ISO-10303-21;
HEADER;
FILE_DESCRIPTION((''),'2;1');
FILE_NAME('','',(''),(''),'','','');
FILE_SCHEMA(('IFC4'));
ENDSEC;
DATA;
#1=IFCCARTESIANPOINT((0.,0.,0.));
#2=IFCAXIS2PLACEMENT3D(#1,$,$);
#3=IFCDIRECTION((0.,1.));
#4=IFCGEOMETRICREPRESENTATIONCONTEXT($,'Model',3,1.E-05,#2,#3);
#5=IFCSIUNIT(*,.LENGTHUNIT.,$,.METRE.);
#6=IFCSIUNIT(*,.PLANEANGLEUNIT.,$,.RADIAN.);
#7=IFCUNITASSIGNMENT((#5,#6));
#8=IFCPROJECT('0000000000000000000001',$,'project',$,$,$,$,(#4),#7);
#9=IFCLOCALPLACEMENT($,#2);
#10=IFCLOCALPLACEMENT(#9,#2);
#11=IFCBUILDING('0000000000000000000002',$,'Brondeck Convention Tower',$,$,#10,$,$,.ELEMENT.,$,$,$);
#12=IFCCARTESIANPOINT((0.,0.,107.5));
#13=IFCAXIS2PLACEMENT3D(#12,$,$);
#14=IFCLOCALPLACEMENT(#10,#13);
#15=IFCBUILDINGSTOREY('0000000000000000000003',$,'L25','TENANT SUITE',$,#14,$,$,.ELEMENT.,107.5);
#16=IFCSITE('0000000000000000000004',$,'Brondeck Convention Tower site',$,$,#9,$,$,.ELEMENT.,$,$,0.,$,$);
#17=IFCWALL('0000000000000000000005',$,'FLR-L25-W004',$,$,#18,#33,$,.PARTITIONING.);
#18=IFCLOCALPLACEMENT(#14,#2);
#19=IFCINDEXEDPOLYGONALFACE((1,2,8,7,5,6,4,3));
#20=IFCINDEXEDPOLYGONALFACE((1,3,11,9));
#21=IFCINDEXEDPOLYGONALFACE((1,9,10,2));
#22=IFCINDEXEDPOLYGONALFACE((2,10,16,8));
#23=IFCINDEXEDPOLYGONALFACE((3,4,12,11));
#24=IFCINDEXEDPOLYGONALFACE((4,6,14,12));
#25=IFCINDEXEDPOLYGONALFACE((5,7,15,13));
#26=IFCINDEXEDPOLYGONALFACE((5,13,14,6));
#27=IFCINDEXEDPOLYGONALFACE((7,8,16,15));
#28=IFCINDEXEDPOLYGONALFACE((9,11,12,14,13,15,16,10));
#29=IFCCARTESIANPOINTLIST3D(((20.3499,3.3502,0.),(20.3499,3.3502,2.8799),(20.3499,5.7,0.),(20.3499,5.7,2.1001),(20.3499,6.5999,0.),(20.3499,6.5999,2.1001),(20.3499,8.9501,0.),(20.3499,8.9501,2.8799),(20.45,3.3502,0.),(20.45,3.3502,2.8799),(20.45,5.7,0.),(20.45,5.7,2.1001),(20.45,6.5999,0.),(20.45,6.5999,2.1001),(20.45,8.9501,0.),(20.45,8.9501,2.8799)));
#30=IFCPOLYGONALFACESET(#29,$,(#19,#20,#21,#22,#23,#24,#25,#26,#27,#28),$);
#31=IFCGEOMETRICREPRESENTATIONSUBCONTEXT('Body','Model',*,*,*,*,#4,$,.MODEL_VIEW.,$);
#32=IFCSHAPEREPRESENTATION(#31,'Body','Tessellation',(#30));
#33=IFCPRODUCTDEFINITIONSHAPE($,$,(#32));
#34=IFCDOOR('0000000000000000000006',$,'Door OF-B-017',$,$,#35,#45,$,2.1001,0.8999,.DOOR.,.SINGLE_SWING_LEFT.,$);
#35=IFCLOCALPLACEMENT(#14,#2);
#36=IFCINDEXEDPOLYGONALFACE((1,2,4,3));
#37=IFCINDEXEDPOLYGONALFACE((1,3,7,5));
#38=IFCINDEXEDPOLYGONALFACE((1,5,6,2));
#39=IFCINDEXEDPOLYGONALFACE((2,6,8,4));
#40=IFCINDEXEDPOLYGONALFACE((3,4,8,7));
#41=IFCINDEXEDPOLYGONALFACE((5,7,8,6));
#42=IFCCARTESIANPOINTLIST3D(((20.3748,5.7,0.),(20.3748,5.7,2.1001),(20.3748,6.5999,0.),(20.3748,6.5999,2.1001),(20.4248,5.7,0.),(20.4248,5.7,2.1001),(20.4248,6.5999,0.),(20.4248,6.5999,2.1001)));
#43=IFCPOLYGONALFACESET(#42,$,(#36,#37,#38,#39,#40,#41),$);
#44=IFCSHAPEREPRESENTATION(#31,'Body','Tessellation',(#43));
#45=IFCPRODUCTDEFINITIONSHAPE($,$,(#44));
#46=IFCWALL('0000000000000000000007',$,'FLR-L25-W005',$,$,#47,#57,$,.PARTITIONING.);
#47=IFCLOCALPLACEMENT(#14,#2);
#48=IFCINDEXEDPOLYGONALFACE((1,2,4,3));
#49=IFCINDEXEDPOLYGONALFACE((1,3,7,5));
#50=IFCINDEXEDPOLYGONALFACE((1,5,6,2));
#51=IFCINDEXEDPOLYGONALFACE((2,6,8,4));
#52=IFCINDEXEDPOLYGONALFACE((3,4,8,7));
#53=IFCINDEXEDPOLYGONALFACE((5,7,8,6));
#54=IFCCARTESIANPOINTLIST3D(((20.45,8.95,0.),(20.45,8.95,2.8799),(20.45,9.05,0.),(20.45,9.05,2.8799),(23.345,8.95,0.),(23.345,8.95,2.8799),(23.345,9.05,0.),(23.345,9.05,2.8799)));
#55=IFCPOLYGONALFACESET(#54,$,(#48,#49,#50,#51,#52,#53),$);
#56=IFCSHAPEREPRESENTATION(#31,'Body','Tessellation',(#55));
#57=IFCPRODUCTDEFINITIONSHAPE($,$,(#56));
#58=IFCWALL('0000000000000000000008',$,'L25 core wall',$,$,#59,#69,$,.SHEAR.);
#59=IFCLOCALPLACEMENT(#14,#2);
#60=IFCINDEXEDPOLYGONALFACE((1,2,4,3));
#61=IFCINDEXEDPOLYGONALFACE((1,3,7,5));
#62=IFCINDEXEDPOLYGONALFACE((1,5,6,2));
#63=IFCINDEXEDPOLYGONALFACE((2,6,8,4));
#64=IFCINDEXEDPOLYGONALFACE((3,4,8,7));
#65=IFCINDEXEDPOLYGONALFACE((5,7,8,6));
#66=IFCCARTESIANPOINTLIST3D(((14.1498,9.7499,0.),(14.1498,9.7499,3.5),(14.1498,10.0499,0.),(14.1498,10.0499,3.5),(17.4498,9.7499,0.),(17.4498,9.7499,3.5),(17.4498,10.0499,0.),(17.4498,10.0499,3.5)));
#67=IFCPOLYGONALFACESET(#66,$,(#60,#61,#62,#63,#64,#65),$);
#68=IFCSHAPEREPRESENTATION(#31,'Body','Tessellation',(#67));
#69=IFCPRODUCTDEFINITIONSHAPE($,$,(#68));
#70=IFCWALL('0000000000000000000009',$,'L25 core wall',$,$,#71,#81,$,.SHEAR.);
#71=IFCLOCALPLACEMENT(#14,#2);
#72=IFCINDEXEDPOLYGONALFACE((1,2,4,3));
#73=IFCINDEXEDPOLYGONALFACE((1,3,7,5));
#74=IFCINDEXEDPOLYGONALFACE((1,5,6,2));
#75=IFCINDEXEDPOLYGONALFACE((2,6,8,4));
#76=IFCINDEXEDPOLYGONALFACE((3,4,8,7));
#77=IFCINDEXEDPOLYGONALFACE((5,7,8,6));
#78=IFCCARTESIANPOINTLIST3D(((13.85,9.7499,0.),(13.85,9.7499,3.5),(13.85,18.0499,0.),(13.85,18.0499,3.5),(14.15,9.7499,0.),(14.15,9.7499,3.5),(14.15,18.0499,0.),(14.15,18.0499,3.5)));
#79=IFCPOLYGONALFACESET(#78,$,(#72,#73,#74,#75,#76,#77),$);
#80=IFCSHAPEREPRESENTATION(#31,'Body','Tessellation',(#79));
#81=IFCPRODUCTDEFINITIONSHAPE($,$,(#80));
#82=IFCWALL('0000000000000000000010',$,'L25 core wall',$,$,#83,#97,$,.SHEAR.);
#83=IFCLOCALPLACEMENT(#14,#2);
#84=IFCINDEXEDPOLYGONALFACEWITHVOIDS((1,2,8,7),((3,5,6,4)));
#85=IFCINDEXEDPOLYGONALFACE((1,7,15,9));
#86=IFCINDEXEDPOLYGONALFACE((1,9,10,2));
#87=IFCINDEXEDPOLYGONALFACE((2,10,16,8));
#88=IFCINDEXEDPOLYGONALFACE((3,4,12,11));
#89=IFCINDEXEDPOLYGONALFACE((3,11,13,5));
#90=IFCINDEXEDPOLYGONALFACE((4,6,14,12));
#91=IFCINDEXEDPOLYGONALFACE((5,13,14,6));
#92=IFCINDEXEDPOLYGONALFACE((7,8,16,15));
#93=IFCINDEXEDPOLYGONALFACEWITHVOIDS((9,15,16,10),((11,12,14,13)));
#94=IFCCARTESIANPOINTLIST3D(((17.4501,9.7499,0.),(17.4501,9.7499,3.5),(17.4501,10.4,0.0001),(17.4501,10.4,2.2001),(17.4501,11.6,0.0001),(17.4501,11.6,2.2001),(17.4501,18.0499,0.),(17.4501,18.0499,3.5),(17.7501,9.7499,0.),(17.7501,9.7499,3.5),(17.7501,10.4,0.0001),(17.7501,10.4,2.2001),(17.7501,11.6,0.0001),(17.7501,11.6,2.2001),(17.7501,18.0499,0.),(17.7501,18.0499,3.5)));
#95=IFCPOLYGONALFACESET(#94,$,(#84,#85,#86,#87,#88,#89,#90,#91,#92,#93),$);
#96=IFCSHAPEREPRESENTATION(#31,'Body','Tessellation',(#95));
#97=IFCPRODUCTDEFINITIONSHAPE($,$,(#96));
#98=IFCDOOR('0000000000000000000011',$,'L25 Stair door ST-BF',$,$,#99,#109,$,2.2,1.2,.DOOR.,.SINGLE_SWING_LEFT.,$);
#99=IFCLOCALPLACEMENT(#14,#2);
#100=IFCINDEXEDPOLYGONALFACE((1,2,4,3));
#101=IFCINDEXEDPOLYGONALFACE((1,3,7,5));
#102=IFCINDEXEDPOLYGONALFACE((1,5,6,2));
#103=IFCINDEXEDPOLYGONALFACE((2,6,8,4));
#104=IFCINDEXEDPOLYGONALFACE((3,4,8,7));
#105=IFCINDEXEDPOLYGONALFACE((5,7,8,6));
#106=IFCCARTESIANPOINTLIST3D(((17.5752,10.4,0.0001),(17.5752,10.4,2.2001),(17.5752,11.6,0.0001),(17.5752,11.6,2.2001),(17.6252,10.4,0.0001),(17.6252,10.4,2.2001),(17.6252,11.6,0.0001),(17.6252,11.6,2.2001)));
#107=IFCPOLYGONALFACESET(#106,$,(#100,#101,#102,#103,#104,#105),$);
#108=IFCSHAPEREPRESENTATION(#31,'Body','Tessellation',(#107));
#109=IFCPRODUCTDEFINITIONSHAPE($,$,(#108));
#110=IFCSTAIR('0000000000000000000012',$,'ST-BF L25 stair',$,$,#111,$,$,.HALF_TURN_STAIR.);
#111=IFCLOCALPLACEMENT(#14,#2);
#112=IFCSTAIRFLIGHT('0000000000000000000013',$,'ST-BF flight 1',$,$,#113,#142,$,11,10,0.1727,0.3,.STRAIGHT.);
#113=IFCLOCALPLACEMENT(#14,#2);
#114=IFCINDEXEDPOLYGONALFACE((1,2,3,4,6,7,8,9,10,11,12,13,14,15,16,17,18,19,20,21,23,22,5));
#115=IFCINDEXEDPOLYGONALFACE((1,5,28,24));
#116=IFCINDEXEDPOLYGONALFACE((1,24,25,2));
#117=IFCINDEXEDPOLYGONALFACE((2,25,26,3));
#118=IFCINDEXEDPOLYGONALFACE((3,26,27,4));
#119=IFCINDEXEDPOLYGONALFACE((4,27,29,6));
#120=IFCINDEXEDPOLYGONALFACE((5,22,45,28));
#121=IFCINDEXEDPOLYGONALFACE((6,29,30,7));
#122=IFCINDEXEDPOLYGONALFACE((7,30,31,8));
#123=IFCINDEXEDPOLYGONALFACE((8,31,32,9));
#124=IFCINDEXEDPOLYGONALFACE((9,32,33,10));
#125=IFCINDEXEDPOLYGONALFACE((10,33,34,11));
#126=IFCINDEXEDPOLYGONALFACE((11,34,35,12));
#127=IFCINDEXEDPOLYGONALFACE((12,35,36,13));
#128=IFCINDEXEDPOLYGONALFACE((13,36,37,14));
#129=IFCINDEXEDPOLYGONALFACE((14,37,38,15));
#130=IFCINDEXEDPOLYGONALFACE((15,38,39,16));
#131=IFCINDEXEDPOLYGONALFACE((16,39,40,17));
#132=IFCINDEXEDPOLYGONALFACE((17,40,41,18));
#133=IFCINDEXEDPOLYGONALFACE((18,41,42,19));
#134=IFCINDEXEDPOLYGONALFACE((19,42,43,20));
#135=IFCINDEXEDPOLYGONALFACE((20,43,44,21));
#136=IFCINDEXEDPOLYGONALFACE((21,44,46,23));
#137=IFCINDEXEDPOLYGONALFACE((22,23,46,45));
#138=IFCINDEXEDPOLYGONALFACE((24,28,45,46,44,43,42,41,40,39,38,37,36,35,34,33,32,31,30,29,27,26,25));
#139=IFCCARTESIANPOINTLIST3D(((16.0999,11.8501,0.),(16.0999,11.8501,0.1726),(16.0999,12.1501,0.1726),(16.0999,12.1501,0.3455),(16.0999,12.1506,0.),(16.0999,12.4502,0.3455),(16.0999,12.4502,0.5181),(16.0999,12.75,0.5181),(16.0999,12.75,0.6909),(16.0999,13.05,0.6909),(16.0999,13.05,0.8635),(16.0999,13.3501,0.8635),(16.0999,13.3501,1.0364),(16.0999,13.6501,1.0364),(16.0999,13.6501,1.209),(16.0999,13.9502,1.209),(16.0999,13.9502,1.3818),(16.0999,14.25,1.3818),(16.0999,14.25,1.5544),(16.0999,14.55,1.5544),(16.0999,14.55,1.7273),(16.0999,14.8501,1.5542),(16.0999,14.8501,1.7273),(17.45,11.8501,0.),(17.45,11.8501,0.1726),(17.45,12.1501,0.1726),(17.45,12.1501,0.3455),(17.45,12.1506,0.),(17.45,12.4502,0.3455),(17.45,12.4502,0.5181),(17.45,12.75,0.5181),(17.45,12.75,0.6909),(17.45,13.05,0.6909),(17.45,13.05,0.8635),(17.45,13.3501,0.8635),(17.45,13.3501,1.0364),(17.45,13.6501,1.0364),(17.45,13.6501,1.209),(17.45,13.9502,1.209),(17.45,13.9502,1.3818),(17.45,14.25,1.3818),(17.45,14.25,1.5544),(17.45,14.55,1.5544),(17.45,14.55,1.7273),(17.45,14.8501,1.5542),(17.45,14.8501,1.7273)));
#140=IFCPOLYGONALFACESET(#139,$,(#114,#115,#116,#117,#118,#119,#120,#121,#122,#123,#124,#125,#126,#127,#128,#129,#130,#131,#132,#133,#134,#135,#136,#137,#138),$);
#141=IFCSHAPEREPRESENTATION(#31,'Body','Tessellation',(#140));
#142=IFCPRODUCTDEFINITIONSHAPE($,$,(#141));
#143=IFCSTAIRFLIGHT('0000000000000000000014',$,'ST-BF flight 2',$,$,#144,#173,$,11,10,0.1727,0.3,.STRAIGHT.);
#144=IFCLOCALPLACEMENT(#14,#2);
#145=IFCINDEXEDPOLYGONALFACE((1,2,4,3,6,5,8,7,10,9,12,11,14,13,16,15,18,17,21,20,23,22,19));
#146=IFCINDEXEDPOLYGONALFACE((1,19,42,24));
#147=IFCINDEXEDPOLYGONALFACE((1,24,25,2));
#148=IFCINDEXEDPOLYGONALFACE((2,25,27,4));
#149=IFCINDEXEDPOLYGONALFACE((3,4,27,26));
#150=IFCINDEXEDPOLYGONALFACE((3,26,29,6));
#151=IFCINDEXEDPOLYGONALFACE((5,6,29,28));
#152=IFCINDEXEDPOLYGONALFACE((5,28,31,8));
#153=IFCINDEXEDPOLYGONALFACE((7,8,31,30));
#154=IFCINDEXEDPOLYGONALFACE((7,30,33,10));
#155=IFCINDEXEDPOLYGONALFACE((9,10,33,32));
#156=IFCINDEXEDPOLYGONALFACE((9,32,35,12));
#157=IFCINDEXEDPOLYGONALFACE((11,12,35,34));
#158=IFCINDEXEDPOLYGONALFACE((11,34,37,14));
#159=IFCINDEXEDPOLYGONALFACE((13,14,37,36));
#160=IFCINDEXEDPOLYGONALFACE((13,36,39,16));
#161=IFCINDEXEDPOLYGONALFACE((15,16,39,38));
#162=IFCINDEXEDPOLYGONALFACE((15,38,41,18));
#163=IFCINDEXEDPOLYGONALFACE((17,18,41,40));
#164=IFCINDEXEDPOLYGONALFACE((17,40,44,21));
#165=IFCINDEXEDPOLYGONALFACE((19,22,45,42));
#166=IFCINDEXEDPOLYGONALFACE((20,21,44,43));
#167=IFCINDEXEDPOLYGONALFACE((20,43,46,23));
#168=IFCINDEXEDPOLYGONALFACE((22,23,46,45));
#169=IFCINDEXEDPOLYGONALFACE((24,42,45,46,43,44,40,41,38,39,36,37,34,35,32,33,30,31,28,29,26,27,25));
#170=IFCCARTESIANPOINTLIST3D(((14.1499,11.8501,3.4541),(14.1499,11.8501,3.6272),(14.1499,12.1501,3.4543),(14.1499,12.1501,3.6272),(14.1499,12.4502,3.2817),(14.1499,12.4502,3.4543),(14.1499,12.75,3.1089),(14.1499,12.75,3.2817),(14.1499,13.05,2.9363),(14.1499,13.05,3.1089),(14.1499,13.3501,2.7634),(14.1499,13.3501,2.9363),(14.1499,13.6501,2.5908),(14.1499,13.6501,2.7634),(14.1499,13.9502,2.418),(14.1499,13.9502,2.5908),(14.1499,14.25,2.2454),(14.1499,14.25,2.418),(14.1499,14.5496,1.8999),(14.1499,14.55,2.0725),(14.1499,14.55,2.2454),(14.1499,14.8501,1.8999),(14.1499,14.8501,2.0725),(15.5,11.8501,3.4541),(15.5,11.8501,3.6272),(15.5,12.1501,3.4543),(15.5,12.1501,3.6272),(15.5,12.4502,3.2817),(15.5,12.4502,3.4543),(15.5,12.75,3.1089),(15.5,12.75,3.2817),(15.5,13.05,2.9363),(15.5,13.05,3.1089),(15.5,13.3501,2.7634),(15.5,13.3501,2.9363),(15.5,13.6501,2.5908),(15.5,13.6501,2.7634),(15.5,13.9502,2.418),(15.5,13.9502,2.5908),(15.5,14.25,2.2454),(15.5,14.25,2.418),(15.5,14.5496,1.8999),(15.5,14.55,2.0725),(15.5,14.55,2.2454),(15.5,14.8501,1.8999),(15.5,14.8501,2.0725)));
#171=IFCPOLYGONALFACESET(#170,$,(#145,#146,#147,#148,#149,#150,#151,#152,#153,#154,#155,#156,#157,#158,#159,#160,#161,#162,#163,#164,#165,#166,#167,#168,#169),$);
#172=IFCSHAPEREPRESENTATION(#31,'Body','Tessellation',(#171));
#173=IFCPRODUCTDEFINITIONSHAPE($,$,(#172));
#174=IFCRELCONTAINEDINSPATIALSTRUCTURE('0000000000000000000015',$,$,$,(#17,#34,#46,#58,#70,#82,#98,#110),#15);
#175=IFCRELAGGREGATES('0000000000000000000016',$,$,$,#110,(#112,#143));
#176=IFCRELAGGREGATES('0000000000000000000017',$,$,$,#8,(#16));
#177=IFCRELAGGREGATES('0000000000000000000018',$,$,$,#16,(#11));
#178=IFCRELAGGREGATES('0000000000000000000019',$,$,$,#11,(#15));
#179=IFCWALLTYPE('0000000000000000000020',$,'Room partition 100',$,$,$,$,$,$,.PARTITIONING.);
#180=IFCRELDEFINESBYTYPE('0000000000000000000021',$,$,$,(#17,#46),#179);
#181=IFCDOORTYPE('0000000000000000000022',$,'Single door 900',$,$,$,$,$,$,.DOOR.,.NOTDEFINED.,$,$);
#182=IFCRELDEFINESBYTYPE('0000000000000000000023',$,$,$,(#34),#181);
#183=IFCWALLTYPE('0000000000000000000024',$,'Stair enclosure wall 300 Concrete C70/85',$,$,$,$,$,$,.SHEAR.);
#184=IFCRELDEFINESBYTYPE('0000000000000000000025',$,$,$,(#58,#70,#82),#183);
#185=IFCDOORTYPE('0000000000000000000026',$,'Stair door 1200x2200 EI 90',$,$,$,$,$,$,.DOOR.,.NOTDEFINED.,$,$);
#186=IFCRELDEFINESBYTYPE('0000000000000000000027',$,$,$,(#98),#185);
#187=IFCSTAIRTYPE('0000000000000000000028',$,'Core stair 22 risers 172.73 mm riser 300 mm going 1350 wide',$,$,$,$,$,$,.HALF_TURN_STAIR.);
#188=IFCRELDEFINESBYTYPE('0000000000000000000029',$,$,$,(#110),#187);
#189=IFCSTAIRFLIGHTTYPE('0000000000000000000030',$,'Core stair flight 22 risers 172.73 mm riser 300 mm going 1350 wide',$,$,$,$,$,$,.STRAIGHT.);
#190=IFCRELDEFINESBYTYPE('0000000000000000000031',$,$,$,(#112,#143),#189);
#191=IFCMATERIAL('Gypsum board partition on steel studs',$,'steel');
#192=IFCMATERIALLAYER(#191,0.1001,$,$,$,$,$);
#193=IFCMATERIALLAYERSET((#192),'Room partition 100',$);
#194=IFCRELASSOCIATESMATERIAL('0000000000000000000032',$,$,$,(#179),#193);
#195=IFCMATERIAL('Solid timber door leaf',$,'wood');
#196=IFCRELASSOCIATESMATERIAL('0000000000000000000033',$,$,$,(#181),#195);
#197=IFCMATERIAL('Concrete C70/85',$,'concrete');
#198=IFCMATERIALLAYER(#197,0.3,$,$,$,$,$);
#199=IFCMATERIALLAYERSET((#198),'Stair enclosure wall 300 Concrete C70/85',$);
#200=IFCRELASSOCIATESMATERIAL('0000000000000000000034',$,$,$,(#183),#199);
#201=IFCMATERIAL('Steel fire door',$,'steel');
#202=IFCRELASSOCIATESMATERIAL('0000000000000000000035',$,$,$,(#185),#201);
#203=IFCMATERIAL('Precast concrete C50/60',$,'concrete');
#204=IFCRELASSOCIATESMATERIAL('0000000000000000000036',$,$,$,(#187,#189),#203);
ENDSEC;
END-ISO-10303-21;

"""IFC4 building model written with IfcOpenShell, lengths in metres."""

from ifc_helpers import new_model, si_unit, direction, frame, frame_2d, origin, place, context, subcontext, project, spatial, polyline, rectangle, outline, extrude, material, layer, layer_set, type_object, element, fill, aggregate, save


model = new_model("IFC4")

# Units and contexts
model_context = context("Model", 3, precision=1e-05, world=origin(), true_north=direction((0.0, 1.0)))
body_context = subcontext(model_context, "Body", "Model", "MODEL_VIEW")
ifc_project = project(units=[si_unit("LENGTHUNIT", "METRE"), si_unit("PLANEANGLEUNIT", "RADIAN")], contexts=[model_context])

# Site, building, storey
site_placement = place(None, origin())
site = spatial("IfcSite", under=ifc_project, at=site_placement, Name="Brondeck Convention Tower site", CompositionType="ELEMENT", RefElevation=0.0)
building_placement = place(site_placement, origin())
building = spatial("IfcBuilding", under=site, at=building_placement, Name="Brondeck Convention Tower", CompositionType="ELEMENT")
storey_placement = place(building_placement, frame((0.0, 0.0, 107.5)))
storey = spatial("IfcBuildingStorey", under=building, at=storey_placement, Name="L25", Description="TENANT SUITE", CompositionType="ELEMENT", Elevation=107.5)

# Shared definitions
ifc_material_1 = material(Name="Concrete C70/85", Category="concrete")

# Shared definitions
ifc_material_2 = material(Name="Gypsum board partition on steel studs", Category="steel")
ifc_layer_1 = layer(ifc_material_2, 0.1001)
ifc_layer_set_1 = layer_set([ifc_layer_1], Name="Room partition 100")
wall_type_1 = type_object("IfcWallType", Name="Room partition 100", PredefinedType="PARTITIONING", material=ifc_layer_set_1)

# Wall, opening, door
ifc_material_3 = material(Name="Solid timber door leaf", Category="wood")
door_type_1 = type_object("IfcDoorType", Name="Single door 900", OperationType="NOTDEFINED", PredefinedType="DOOR", material=ifc_material_3)
wall_1_placement = place(storey_placement, frame((20.3999, 8.95, 0.0), z_axis=(0.0, 0.0, 1.0), x_axis=(0.0, -1.0, 0.0)))
wall_1 = element("IfcWall", 1, at=wall_1_placement, inside=storey, type_object=wall_type_1, Name="FLR-L25-W004", PredefinedType="PARTITIONING", context=body_context, shape_type="SweptSolid", body=[
    extrude(rectangle(XDim=5.5999, YDim=0.1001, at=frame_2d((2.7998, 0.0))), origin(), (0.0, 0.0, 1.0), 2.8799),
])
opening_1_placement = place(wall_1_placement, frame((2.3501, 0.0, 0.0)))
opening_1 = element("IfcOpeningElement", 2, at=opening_1_placement, cuts=wall_1, PredefinedType="OPENING", context=body_context, shape_type="SweptSolid", body=[
    extrude(rectangle(XDim=0.8999, YDim=2.1001, at=frame_2d((0.45, 1.05))), frame((0.0, 0.0601, 0.0), z_axis=(0.0, -1.0, 0.0), x_axis=(1.0, 0.0, 0.0)), (0.0, 0.0, 1.0), 0.1201),
])
door_1_placement = place(opening_1_placement, origin())
door_1 = element("IfcDoor", 3, at=door_1_placement, inside=storey, type_object=door_type_1, Name="Door OF-B-017", OperationType="SINGLE_SWING_LEFT", OverallHeight=2.1001, OverallWidth=0.8999, PredefinedType="DOOR", context=body_context, shape_type="SweptSolid", body=[
    extrude(rectangle(XDim=0.8999, YDim=2.1001, at=frame_2d((0.45, 1.05))), frame((0.0, 0.0249, 0.0), z_axis=(0.0, -1.0, 0.0), x_axis=(1.0, 0.0, 0.0)), (0.0, 0.0, 1.0), 0.05),
])
fill(opening_1, door_1)

# Walls
wall_2_placement = place(storey_placement, frame((23.345, 9.0, 0.0), z_axis=(0.0, 0.0, 1.0), x_axis=(-1.0, 0.0, 0.0)))
element("IfcWall", 4, at=wall_2_placement, inside=storey, type_object=wall_type_1, Name="FLR-L25-W005", PredefinedType="PARTITIONING", context=body_context, shape_type="SweptSolid", body=[
    extrude(rectangle(XDim=2.895, YDim=0.1001, at=frame_2d((1.4475, 0.0))), origin(), (0.0, 0.0, 1.0), 2.8799),
])
ifc_layer_2 = layer(ifc_material_1, 0.3)
ifc_layer_set_2 = layer_set([ifc_layer_2], Name="Stair enclosure wall 300 Concrete C70/85")
wall_type_2 = type_object("IfcWallType", Name="Stair enclosure wall 300 Concrete C70/85", PredefinedType="SHEAR", material=ifc_layer_set_2)
wall_3_placement = place(storey_placement, frame((14.1499, 9.8999, 0.0), z_axis=(0.0, 0.0, 1.0), x_axis=(1.0, 0.0, 0.0)))
element("IfcWall", 5, at=wall_3_placement, inside=storey, type_object=wall_type_2, Name="L25 core wall", PredefinedType="SHEAR", context=body_context, shape_type="SweptSolid", body=[
    extrude(rectangle(XDim=3.3, YDim=0.3, at=frame_2d((1.6499, 0.0))), origin(), (0.0, 0.0, 1.0), 3.5),
])
wall_4_placement = place(storey_placement, frame((14.0, 9.75, 0.0), z_axis=(0.0, 0.0, 1.0), x_axis=(0.0, 1.0, 0.0)))
element("IfcWall", 6, at=wall_4_placement, inside=storey, type_object=wall_type_2, Name="L25 core wall", PredefinedType="SHEAR", context=body_context, shape_type="SweptSolid", body=[
    extrude(rectangle(XDim=8.3, YDim=0.3, at=frame_2d((4.1499, 0.0))), origin(), (0.0, 0.0, 1.0), 3.5),
])

# Wall, opening, door
wall_5_placement = place(storey_placement, frame((17.6001, 9.75, 0.0), z_axis=(0.0, 0.0, 1.0), x_axis=(0.0, 1.0, 0.0)))
wall_5 = element("IfcWall", 7, at=wall_5_placement, inside=storey, type_object=wall_type_2, Name="L25 core wall", PredefinedType="SHEAR", context=body_context, shape_type="SweptSolid", body=[
    extrude(rectangle(XDim=8.3, YDim=0.3, at=frame_2d((4.1499, 0.0))), origin(), (0.0, 0.0, 1.0), 3.5),
])
opening_2_placement = place(wall_5_placement, frame((0.6499, 0.0, 0.0)))
opening_2 = element("IfcOpeningElement", 8, at=opening_2_placement, cuts=wall_5, PredefinedType="OPENING", context=body_context, shape_type="SweptSolid", body=[
    extrude(rectangle(XDim=1.2, YDim=2.2, at=frame_2d((0.6001, 1.1001))), frame((0.0, 0.1599, 0.0), z_axis=(0.0, -1.0, 0.0), x_axis=(1.0, 0.0, 0.0)), (0.0, 0.0, 1.0), 0.3201),
])
ifc_material_4 = material(Name="Steel fire door", Category="steel")
door_type_2 = type_object("IfcDoorType", Name="Stair door 1200x2200 EI 90", OperationType="NOTDEFINED", PredefinedType="DOOR", material=ifc_material_4)
door_2_placement = place(opening_2_placement, origin())
door_2 = element("IfcDoor", 9, at=door_2_placement, inside=storey, type_object=door_type_2, Name="L25 Stair door ST-BF", OperationType="SINGLE_SWING_LEFT", OverallHeight=2.2, OverallWidth=1.2, PredefinedType="DOOR", context=body_context, shape_type="SweptSolid", body=[
    extrude(rectangle(XDim=1.2, YDim=2.2, at=frame_2d((0.6001, 1.1001))), frame((0.0, 0.0249, 0.0), z_axis=(0.0, -1.0, 0.0), x_axis=(1.0, 0.0, 0.0)), (0.0, 0.0, 1.0), 0.05),
])
fill(opening_2, door_2)

# Stair, stair flights
ifc_material_5 = material(Name="Precast concrete C50/60", Category="concrete")
stair_type = type_object("IfcStairType", Name="Core stair 22 risers 172.73 mm riser 300 mm going 1350 wide", PredefinedType="HALF_TURN_STAIR", material=ifc_material_5)
stair_placement = place(storey_placement, origin())
stair = element("IfcStair", 10, at=stair_placement, inside=storey, type_object=stair_type, Name="ST-BF L25 stair", PredefinedType="HALF_TURN_STAIR")
stair_flight_type = type_object("IfcStairFlightType", Name="Core stair flight 22 risers 172.73 mm riser 300 mm going 1350 wide", PredefinedType="STRAIGHT", material=ifc_material_5)
stair_flight_1_placement = place(storey_placement, frame((16.7749, 11.8501, 0.0), z_axis=(0.0, 0.0, 1.0), x_axis=(0.0, 1.0, 0.0)))
stair_flight_1 = element("IfcStairFlight", 11, at=stair_flight_1_placement, type_object=stair_flight_type, Name="ST-BF flight 1", NumberOfRisers=11, NumberOfTreads=10, PredefinedType="STRAIGHT", RiserHeight=0.1727, TreadLength=0.3, context=body_context, shape_type="SweptSolid", body=[
    extrude(outline(polyline([(0.0, 0.0), (0.0, 0.1726), (0.3, 0.1726), (0.3, 0.3455), (0.6001, 0.3455), (0.6001, 0.5181), (0.8999, 0.5181), (0.8999, 0.6909), (1.2, 0.6909), (1.2, 0.8635), (1.5, 0.8635), (1.5, 1.0364), (1.8, 1.0364), (1.8, 1.209), (2.1001, 1.209), (2.1001, 1.3818), (2.3999, 1.3818), (2.3999, 1.5544), (2.7, 1.5544), (2.7, 1.7273), (3.0, 1.7273), (3.0, 1.8999), (3.0, 1.5542), (0.3005, 0.0), (0.0, 0.0)])), frame((0.0, 0.675, 0.0), z_axis=(0.0, -1.0, 0.0), x_axis=(1.0, 0.0, 0.0)), (0.0, 0.0, 1.0), 1.3501),
])
stair_flight_2_placement = place(storey_placement, frame((14.825, 14.8501, 1.8999), z_axis=(0.0, 0.0, 1.0), x_axis=(0.0, -1.0, 0.0)))
stair_flight_2 = element("IfcStairFlight", 12, at=stair_flight_2_placement, type_object=stair_flight_type, Name="ST-BF flight 2", NumberOfRisers=11, NumberOfTreads=10, PredefinedType="STRAIGHT", RiserHeight=0.1727, TreadLength=0.3, context=body_context, shape_type="SweptSolid", body=[
    extrude(outline(polyline([(0.0, 0.0), (0.0, 0.1726), (0.3, 0.1726), (0.3, 0.3455), (0.6001, 0.3455), (0.6001, 0.5181), (0.8999, 0.5181), (0.8999, 0.6909), (1.2, 0.6909), (1.2, 0.8635), (1.5, 0.8635), (1.5, 1.0364), (1.8, 1.0364), (1.8, 1.209), (2.1001, 1.209), (2.1001, 1.3818), (2.3999, 1.3818), (2.3999, 1.5544), (2.7, 1.5544), (2.7, 1.7273), (3.0, 1.7273), (3.0, 1.8999), (3.0, 1.5542), (0.3005, 0.0), (0.0, 0.0)])), frame((0.0, 0.675, 0.0), z_axis=(0.0, -1.0, 0.0), x_axis=(1.0, 0.0, 0.0)), (0.0, 0.0, 1.0), 1.3501),
])
aggregate(stair, [stair_flight_1, stair_flight_2])

save(model, "model.ifc")
